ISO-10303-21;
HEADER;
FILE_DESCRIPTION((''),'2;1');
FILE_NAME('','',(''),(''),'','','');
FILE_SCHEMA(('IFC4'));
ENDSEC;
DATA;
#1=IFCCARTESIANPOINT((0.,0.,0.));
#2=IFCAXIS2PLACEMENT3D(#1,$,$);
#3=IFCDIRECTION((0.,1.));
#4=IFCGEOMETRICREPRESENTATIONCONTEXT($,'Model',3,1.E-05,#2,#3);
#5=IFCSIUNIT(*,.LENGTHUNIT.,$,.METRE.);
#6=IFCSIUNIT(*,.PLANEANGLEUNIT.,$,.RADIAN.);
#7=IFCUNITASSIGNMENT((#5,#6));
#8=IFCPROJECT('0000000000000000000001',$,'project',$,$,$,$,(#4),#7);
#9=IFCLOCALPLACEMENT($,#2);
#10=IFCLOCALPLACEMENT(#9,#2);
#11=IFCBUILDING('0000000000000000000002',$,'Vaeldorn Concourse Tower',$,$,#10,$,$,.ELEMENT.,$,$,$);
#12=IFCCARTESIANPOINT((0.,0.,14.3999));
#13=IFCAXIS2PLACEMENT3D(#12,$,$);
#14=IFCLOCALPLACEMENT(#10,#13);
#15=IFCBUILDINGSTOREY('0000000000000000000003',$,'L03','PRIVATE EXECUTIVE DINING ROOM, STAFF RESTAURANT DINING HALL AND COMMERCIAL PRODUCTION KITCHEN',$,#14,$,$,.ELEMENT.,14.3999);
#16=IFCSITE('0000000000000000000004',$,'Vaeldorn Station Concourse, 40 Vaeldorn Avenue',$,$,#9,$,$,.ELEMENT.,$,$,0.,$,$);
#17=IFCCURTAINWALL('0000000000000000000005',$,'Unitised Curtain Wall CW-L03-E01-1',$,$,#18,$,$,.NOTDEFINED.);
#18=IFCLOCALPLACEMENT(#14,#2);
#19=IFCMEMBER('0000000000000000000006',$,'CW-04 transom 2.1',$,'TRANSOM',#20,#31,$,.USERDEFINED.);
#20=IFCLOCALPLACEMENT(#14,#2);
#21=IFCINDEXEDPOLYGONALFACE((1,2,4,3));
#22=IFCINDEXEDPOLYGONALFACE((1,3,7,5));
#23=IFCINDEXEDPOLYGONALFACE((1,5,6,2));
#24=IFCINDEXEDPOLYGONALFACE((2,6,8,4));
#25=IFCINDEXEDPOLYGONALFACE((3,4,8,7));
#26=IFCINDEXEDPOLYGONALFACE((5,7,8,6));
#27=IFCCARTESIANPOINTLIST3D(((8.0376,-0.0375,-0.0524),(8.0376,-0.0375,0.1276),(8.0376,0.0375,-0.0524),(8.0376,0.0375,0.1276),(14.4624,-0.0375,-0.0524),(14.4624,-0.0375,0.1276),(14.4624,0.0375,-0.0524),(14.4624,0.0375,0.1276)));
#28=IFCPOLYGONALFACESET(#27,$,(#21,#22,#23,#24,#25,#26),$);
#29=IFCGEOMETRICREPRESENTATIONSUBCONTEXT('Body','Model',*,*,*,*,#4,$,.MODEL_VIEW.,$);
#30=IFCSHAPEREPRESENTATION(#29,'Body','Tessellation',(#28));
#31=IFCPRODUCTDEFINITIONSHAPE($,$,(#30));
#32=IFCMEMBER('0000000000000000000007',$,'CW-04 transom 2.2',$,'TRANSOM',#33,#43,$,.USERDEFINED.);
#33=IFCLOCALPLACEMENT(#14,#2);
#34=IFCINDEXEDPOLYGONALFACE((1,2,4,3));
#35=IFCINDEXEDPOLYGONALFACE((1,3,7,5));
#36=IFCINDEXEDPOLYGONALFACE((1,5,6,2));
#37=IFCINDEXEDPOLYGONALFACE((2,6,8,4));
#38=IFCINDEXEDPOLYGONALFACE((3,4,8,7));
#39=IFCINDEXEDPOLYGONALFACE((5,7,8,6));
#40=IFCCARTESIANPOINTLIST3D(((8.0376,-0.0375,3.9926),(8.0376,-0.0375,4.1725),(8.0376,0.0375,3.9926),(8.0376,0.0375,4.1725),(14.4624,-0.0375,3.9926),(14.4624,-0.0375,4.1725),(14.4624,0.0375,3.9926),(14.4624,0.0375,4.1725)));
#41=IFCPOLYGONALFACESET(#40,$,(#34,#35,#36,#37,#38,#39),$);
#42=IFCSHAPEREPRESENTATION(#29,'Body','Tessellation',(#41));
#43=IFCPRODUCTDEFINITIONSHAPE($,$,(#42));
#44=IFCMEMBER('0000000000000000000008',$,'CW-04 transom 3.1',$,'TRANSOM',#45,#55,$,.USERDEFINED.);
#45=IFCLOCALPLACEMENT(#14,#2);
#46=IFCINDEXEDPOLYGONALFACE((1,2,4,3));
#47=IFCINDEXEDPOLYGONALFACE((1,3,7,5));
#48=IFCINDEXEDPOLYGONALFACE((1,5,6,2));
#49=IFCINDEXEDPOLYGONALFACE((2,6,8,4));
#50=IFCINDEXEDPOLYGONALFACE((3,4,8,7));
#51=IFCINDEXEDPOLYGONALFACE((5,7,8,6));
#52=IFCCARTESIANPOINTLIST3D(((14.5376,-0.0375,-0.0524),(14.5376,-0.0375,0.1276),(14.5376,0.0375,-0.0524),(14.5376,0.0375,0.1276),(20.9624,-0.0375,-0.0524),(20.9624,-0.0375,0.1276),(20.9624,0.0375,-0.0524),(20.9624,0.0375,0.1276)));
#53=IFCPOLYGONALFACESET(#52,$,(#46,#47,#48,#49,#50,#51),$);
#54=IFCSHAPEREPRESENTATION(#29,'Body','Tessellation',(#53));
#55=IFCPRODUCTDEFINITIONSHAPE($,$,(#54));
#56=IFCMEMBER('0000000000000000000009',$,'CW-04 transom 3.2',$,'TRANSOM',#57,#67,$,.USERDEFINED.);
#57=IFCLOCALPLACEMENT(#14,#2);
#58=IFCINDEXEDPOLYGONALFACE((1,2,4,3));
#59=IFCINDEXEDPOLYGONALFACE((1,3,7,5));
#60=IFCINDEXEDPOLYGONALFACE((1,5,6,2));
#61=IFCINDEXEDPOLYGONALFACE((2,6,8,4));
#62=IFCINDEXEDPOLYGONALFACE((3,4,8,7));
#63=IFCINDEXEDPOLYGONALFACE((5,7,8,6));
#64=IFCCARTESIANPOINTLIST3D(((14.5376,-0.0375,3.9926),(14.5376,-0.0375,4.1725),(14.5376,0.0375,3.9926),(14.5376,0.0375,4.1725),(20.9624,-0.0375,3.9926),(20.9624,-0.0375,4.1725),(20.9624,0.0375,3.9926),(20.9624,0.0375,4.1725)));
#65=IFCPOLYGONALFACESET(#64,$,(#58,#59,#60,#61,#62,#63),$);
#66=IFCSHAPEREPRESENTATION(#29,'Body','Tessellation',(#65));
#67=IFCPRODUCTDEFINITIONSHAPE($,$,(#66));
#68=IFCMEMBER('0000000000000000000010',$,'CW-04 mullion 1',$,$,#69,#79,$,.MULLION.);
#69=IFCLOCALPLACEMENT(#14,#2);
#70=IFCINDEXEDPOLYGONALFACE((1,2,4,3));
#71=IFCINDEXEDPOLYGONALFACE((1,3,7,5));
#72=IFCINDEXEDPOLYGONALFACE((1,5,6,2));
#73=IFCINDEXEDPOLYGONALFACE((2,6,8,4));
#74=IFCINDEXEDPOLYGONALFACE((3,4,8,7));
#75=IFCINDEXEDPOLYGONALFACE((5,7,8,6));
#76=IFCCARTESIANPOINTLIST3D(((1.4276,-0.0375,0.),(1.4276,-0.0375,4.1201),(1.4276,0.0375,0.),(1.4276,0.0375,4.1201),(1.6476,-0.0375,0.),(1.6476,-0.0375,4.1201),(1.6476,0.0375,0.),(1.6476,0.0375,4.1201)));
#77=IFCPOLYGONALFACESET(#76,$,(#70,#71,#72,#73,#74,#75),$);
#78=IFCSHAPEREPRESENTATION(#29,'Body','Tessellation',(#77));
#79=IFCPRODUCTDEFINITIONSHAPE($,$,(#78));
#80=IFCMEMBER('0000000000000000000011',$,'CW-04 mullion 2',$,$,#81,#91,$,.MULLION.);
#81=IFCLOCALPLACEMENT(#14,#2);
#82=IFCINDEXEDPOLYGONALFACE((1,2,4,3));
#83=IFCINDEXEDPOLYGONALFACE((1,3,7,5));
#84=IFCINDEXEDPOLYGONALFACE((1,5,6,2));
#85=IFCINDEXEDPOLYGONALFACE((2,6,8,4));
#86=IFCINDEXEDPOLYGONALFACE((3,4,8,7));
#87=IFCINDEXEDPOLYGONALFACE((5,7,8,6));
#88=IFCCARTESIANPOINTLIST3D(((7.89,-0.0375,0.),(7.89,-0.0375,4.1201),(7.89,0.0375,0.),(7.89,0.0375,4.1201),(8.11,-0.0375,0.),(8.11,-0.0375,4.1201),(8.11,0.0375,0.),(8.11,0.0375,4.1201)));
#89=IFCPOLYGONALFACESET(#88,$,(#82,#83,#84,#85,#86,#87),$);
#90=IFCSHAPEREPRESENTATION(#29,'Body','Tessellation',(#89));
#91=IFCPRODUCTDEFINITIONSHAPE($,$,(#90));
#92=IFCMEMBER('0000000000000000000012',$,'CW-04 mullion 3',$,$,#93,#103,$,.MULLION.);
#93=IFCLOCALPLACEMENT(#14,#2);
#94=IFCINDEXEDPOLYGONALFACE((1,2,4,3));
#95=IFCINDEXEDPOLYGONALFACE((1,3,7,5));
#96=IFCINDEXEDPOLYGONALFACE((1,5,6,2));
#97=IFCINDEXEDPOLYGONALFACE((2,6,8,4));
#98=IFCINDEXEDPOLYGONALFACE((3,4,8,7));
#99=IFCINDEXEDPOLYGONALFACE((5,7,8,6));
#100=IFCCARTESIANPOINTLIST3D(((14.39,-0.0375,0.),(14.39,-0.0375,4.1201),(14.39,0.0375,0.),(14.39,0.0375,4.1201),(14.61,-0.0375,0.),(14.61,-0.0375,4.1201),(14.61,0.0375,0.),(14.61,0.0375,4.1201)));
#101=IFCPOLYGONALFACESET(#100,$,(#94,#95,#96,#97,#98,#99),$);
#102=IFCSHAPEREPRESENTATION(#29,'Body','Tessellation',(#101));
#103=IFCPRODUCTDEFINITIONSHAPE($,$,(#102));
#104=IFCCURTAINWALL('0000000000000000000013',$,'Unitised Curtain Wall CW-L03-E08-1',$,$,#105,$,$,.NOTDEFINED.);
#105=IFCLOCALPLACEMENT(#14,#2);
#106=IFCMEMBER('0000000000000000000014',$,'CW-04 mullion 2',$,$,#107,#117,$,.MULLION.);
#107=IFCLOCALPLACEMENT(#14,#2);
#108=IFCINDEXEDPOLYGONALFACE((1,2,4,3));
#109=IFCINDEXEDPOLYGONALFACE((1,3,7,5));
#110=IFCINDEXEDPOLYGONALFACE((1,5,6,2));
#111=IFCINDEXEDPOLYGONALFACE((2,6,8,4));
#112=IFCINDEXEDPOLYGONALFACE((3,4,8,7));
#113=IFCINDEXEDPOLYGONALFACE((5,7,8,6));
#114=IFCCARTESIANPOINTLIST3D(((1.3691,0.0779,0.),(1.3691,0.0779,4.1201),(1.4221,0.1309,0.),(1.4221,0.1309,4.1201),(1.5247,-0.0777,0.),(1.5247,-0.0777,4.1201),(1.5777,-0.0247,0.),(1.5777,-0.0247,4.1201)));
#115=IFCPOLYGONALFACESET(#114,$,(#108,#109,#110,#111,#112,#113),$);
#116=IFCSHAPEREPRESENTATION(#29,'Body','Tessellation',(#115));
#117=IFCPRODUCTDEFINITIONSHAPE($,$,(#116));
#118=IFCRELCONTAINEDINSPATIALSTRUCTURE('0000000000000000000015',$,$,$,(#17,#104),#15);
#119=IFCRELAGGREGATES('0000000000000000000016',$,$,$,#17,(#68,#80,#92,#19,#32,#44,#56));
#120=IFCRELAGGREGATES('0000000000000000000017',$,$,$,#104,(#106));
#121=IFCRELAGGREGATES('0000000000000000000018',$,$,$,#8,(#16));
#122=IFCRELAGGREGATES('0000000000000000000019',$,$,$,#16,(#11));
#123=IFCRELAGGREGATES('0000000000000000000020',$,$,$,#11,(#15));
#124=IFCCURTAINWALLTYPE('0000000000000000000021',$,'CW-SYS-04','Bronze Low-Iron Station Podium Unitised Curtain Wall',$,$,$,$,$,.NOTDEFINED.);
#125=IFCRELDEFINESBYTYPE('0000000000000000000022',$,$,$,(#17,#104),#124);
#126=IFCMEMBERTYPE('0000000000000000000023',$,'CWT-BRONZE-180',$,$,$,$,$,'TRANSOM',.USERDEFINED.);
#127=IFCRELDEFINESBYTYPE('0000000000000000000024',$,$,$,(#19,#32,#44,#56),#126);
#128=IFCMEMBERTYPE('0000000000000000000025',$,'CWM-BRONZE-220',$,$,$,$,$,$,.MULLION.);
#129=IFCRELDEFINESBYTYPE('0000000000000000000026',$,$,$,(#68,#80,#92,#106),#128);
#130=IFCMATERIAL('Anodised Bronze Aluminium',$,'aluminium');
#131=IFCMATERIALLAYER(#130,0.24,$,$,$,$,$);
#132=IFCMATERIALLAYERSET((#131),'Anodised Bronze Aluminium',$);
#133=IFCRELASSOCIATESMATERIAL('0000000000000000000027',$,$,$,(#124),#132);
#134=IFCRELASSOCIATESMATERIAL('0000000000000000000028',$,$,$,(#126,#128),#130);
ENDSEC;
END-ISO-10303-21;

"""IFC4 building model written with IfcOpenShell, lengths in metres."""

from ifc_helpers import new_model, si_unit, direction, frame, origin, origin_2d, place, context, subcontext, project, spatial, rectangle, extrude, source, transform, mapped, material, layer, layer_set, material_profile, profile_set, type_object, element, aggregate, save


model = new_model("IFC4")

# Units and contexts
model_context = context("Model", 3, precision=1e-05, world=origin(), true_north=direction((0.0, 1.0)))
body_context = subcontext(model_context, "Body", "Model", "MODEL_VIEW")
ifc_project = project(units=[si_unit("LENGTHUNIT", "METRE"), si_unit("PLANEANGLEUNIT", "RADIAN")], contexts=[model_context])

# Site, building, storey
site_placement = place(None, origin())
site = spatial("IfcSite", under=ifc_project, at=site_placement, Name="Vaeldorn Station Concourse, 40 Vaeldorn Avenue", CompositionType="ELEMENT", RefElevation=0.0)
building_placement = place(site_placement, origin())
building = spatial("IfcBuilding", under=site, at=building_placement, Name="Vaeldorn Concourse Tower", CompositionType="ELEMENT")
storey_placement = place(building_placement, frame((0.0, 0.0, 14.3999)))
storey = spatial("IfcBuildingStorey", under=building, at=storey_placement, Name="L03", Description="PRIVATE EXECUTIVE DINING ROOM, STAFF RESTAURANT DINING HALL AND COMMERCIAL PRODUCTION KITCHEN", CompositionType="ELEMENT", Elevation=14.3999)

# Curtain wall, members
ifc_material_1 = material(Name="Anodised Bronze Aluminium", Category="aluminium")
ifc_layer_1 = layer(ifc_material_1, 0.24)
ifc_layer_set_1 = layer_set([ifc_layer_1], Name="Anodised Bronze Aluminium")
curtain_wall_type = type_object("IfcCurtainWallType", Name="CW-SYS-04", Description="Bronze Low-Iron Station Podium Unitised Curtain Wall", PredefinedType="NOTDEFINED", material=ifc_layer_set_1)
curtain_wall_1_placement = place(storey_placement, origin())
curtain_wall_1 = element("IfcCurtainWall", 1, at=curtain_wall_1_placement, inside=storey, type_object=curtain_wall_type, Name="Unitised Curtain Wall CW-L03-E01-1", PredefinedType="NOTDEFINED")
ifc_material_profile_1 = material_profile(ifc_material_1, rectangle(XDim=0.075, YDim=0.1799, at=origin_2d()), Name="CWT 75x180")
ifc_profile_set_1 = profile_set([ifc_material_profile_1], Name="Anodised Bronze Aluminium")
member_type_1 = type_object("IfcMemberType", Name="CWT-BRONZE-180", ElementType="TRANSOM", PredefinedType="USERDEFINED", material=ifc_profile_set_1)
shared_shape_1 = source(origin(), body_context, "Body", "SweptSolid", [
    extrude(rectangle(XDim=0.075, YDim=0.1799, at=origin_2d()), origin(), (0.0, 0.0, 1.0), 6.4248),
])
member_1_placement = place(storey_placement, frame((8.0376, 0.0, 0.0376), z_axis=(1.0, 0.0, 0.0), x_axis=(0.0, 1.0, 0.0)))
member_1 = element("IfcMember", 2, at=member_1_placement, type_object=member_type_1, Name="CW-04 transom 2.1", ObjectType="TRANSOM", PredefinedType="USERDEFINED", context=body_context, shape_type="MappedRepresentation", body=[
    mapped(shared_shape_1, transform((0.0, 0.0, 0.0), scale=1.0)),
])
member_2_placement = place(storey_placement, frame((8.0376, 0.0, 4.0825), z_axis=(1.0, 0.0, 0.0), x_axis=(0.0, 1.0, 0.0)))
member_2 = element("IfcMember", 3, at=member_2_placement, type_object=member_type_1, Name="CW-04 transom 2.2", ObjectType="TRANSOM", PredefinedType="USERDEFINED", context=body_context, shape_type="MappedRepresentation", body=[
    mapped(shared_shape_1, transform((0.0, 0.0, 0.0), scale=1.0)),
])
member_3_placement = place(storey_placement, frame((14.5376, 0.0, 0.0376), z_axis=(1.0, 0.0, 0.0), x_axis=(0.0, 1.0, 0.0)))
member_3 = element("IfcMember", 4, at=member_3_placement, type_object=member_type_1, Name="CW-04 transom 3.1", ObjectType="TRANSOM", PredefinedType="USERDEFINED", context=body_context, shape_type="MappedRepresentation", body=[
    mapped(shared_shape_1, transform((0.0, 0.0, 0.0), scale=1.0)),
])
member_4_placement = place(storey_placement, frame((14.5376, 0.0, 4.0825), z_axis=(1.0, 0.0, 0.0), x_axis=(0.0, 1.0, 0.0)))
member_4 = element("IfcMember", 5, at=member_4_placement, type_object=member_type_1, Name="CW-04 transom 3.2", ObjectType="TRANSOM", PredefinedType="USERDEFINED", context=body_context, shape_type="MappedRepresentation", body=[
    mapped(shared_shape_1, transform((0.0, 0.0, 0.0), scale=1.0)),
])
ifc_material_profile_2 = material_profile(ifc_material_1, rectangle(XDim=0.075, YDim=0.22, at=origin_2d()), Name="CWM 75x220")
ifc_profile_set_2 = profile_set([ifc_material_profile_2], Name="Anodised Bronze Aluminium")
member_type_2 = type_object("IfcMemberType", Name="CWM-BRONZE-220", PredefinedType="MULLION", material=ifc_profile_set_2)
shared_shape_2 = source(origin(), body_context, "Body", "SweptSolid", [
    extrude(rectangle(XDim=0.075, YDim=0.22, at=origin_2d()), origin(), (0.0, 0.0, 1.0), 4.1201),
])
member_5_placement = place(storey_placement, frame((1.5376, 0.0, 0.0), z_axis=(0.0, 0.0, 1.0), x_axis=(0.0, 1.0, 0.0)))
member_5 = element("IfcMember", 6, at=member_5_placement, type_object=member_type_2, Name="CW-04 mullion 1", PredefinedType="MULLION", context=body_context, shape_type="MappedRepresentation", body=[
    mapped(shared_shape_2, transform((0.0, 0.0, 0.0), scale=1.0)),
])
member_6_placement = place(storey_placement, frame((8.0, 0.0, 0.0), z_axis=(0.0, 0.0, 1.0), x_axis=(0.0, 1.0, 0.0)))
member_6 = element("IfcMember", 7, at=member_6_placement, type_object=member_type_2, Name="CW-04 mullion 2", PredefinedType="MULLION", context=body_context, shape_type="MappedRepresentation", body=[
    mapped(shared_shape_2, transform((0.0, 0.0, 0.0), scale=1.0)),
])
member_7_placement = place(storey_placement, frame((14.5, 0.0, 0.0), z_axis=(0.0, 0.0, 1.0), x_axis=(0.0, 1.0, 0.0)))
member_7 = element("IfcMember", 8, at=member_7_placement, type_object=member_type_2, Name="CW-04 mullion 3", PredefinedType="MULLION", context=body_context, shape_type="MappedRepresentation", body=[
    mapped(shared_shape_2, transform((0.0, 0.0, 0.0), scale=1.0)),
])

# Curtain wall, member
curtain_wall_2_placement = place(storey_placement, origin())
curtain_wall_2 = element("IfcCurtainWall", 9, at=curtain_wall_2_placement, inside=storey, type_object=curtain_wall_type, Name="Unitised Curtain Wall CW-L03-E08-1", PredefinedType="NOTDEFINED")
member_8_placement = place(storey_placement, frame((1.4734, 0.0266, 0.0), z_axis=(0.0, 0.0, 1.0), x_axis=(0.707107, 0.707107, 0.0)))
member_8 = element("IfcMember", 10, at=member_8_placement, type_object=member_type_2, Name="CW-04 mullion 2", PredefinedType="MULLION", context=body_context, shape_type="MappedRepresentation", body=[
    mapped(shared_shape_2, transform((0.0, 0.0, 0.0), scale=1.0)),
])

aggregate(curtain_wall_1, [member_5, member_6, member_7, member_1, member_2, member_3, member_4])
aggregate(curtain_wall_2, [member_8])

save(model, "model.ifc")
